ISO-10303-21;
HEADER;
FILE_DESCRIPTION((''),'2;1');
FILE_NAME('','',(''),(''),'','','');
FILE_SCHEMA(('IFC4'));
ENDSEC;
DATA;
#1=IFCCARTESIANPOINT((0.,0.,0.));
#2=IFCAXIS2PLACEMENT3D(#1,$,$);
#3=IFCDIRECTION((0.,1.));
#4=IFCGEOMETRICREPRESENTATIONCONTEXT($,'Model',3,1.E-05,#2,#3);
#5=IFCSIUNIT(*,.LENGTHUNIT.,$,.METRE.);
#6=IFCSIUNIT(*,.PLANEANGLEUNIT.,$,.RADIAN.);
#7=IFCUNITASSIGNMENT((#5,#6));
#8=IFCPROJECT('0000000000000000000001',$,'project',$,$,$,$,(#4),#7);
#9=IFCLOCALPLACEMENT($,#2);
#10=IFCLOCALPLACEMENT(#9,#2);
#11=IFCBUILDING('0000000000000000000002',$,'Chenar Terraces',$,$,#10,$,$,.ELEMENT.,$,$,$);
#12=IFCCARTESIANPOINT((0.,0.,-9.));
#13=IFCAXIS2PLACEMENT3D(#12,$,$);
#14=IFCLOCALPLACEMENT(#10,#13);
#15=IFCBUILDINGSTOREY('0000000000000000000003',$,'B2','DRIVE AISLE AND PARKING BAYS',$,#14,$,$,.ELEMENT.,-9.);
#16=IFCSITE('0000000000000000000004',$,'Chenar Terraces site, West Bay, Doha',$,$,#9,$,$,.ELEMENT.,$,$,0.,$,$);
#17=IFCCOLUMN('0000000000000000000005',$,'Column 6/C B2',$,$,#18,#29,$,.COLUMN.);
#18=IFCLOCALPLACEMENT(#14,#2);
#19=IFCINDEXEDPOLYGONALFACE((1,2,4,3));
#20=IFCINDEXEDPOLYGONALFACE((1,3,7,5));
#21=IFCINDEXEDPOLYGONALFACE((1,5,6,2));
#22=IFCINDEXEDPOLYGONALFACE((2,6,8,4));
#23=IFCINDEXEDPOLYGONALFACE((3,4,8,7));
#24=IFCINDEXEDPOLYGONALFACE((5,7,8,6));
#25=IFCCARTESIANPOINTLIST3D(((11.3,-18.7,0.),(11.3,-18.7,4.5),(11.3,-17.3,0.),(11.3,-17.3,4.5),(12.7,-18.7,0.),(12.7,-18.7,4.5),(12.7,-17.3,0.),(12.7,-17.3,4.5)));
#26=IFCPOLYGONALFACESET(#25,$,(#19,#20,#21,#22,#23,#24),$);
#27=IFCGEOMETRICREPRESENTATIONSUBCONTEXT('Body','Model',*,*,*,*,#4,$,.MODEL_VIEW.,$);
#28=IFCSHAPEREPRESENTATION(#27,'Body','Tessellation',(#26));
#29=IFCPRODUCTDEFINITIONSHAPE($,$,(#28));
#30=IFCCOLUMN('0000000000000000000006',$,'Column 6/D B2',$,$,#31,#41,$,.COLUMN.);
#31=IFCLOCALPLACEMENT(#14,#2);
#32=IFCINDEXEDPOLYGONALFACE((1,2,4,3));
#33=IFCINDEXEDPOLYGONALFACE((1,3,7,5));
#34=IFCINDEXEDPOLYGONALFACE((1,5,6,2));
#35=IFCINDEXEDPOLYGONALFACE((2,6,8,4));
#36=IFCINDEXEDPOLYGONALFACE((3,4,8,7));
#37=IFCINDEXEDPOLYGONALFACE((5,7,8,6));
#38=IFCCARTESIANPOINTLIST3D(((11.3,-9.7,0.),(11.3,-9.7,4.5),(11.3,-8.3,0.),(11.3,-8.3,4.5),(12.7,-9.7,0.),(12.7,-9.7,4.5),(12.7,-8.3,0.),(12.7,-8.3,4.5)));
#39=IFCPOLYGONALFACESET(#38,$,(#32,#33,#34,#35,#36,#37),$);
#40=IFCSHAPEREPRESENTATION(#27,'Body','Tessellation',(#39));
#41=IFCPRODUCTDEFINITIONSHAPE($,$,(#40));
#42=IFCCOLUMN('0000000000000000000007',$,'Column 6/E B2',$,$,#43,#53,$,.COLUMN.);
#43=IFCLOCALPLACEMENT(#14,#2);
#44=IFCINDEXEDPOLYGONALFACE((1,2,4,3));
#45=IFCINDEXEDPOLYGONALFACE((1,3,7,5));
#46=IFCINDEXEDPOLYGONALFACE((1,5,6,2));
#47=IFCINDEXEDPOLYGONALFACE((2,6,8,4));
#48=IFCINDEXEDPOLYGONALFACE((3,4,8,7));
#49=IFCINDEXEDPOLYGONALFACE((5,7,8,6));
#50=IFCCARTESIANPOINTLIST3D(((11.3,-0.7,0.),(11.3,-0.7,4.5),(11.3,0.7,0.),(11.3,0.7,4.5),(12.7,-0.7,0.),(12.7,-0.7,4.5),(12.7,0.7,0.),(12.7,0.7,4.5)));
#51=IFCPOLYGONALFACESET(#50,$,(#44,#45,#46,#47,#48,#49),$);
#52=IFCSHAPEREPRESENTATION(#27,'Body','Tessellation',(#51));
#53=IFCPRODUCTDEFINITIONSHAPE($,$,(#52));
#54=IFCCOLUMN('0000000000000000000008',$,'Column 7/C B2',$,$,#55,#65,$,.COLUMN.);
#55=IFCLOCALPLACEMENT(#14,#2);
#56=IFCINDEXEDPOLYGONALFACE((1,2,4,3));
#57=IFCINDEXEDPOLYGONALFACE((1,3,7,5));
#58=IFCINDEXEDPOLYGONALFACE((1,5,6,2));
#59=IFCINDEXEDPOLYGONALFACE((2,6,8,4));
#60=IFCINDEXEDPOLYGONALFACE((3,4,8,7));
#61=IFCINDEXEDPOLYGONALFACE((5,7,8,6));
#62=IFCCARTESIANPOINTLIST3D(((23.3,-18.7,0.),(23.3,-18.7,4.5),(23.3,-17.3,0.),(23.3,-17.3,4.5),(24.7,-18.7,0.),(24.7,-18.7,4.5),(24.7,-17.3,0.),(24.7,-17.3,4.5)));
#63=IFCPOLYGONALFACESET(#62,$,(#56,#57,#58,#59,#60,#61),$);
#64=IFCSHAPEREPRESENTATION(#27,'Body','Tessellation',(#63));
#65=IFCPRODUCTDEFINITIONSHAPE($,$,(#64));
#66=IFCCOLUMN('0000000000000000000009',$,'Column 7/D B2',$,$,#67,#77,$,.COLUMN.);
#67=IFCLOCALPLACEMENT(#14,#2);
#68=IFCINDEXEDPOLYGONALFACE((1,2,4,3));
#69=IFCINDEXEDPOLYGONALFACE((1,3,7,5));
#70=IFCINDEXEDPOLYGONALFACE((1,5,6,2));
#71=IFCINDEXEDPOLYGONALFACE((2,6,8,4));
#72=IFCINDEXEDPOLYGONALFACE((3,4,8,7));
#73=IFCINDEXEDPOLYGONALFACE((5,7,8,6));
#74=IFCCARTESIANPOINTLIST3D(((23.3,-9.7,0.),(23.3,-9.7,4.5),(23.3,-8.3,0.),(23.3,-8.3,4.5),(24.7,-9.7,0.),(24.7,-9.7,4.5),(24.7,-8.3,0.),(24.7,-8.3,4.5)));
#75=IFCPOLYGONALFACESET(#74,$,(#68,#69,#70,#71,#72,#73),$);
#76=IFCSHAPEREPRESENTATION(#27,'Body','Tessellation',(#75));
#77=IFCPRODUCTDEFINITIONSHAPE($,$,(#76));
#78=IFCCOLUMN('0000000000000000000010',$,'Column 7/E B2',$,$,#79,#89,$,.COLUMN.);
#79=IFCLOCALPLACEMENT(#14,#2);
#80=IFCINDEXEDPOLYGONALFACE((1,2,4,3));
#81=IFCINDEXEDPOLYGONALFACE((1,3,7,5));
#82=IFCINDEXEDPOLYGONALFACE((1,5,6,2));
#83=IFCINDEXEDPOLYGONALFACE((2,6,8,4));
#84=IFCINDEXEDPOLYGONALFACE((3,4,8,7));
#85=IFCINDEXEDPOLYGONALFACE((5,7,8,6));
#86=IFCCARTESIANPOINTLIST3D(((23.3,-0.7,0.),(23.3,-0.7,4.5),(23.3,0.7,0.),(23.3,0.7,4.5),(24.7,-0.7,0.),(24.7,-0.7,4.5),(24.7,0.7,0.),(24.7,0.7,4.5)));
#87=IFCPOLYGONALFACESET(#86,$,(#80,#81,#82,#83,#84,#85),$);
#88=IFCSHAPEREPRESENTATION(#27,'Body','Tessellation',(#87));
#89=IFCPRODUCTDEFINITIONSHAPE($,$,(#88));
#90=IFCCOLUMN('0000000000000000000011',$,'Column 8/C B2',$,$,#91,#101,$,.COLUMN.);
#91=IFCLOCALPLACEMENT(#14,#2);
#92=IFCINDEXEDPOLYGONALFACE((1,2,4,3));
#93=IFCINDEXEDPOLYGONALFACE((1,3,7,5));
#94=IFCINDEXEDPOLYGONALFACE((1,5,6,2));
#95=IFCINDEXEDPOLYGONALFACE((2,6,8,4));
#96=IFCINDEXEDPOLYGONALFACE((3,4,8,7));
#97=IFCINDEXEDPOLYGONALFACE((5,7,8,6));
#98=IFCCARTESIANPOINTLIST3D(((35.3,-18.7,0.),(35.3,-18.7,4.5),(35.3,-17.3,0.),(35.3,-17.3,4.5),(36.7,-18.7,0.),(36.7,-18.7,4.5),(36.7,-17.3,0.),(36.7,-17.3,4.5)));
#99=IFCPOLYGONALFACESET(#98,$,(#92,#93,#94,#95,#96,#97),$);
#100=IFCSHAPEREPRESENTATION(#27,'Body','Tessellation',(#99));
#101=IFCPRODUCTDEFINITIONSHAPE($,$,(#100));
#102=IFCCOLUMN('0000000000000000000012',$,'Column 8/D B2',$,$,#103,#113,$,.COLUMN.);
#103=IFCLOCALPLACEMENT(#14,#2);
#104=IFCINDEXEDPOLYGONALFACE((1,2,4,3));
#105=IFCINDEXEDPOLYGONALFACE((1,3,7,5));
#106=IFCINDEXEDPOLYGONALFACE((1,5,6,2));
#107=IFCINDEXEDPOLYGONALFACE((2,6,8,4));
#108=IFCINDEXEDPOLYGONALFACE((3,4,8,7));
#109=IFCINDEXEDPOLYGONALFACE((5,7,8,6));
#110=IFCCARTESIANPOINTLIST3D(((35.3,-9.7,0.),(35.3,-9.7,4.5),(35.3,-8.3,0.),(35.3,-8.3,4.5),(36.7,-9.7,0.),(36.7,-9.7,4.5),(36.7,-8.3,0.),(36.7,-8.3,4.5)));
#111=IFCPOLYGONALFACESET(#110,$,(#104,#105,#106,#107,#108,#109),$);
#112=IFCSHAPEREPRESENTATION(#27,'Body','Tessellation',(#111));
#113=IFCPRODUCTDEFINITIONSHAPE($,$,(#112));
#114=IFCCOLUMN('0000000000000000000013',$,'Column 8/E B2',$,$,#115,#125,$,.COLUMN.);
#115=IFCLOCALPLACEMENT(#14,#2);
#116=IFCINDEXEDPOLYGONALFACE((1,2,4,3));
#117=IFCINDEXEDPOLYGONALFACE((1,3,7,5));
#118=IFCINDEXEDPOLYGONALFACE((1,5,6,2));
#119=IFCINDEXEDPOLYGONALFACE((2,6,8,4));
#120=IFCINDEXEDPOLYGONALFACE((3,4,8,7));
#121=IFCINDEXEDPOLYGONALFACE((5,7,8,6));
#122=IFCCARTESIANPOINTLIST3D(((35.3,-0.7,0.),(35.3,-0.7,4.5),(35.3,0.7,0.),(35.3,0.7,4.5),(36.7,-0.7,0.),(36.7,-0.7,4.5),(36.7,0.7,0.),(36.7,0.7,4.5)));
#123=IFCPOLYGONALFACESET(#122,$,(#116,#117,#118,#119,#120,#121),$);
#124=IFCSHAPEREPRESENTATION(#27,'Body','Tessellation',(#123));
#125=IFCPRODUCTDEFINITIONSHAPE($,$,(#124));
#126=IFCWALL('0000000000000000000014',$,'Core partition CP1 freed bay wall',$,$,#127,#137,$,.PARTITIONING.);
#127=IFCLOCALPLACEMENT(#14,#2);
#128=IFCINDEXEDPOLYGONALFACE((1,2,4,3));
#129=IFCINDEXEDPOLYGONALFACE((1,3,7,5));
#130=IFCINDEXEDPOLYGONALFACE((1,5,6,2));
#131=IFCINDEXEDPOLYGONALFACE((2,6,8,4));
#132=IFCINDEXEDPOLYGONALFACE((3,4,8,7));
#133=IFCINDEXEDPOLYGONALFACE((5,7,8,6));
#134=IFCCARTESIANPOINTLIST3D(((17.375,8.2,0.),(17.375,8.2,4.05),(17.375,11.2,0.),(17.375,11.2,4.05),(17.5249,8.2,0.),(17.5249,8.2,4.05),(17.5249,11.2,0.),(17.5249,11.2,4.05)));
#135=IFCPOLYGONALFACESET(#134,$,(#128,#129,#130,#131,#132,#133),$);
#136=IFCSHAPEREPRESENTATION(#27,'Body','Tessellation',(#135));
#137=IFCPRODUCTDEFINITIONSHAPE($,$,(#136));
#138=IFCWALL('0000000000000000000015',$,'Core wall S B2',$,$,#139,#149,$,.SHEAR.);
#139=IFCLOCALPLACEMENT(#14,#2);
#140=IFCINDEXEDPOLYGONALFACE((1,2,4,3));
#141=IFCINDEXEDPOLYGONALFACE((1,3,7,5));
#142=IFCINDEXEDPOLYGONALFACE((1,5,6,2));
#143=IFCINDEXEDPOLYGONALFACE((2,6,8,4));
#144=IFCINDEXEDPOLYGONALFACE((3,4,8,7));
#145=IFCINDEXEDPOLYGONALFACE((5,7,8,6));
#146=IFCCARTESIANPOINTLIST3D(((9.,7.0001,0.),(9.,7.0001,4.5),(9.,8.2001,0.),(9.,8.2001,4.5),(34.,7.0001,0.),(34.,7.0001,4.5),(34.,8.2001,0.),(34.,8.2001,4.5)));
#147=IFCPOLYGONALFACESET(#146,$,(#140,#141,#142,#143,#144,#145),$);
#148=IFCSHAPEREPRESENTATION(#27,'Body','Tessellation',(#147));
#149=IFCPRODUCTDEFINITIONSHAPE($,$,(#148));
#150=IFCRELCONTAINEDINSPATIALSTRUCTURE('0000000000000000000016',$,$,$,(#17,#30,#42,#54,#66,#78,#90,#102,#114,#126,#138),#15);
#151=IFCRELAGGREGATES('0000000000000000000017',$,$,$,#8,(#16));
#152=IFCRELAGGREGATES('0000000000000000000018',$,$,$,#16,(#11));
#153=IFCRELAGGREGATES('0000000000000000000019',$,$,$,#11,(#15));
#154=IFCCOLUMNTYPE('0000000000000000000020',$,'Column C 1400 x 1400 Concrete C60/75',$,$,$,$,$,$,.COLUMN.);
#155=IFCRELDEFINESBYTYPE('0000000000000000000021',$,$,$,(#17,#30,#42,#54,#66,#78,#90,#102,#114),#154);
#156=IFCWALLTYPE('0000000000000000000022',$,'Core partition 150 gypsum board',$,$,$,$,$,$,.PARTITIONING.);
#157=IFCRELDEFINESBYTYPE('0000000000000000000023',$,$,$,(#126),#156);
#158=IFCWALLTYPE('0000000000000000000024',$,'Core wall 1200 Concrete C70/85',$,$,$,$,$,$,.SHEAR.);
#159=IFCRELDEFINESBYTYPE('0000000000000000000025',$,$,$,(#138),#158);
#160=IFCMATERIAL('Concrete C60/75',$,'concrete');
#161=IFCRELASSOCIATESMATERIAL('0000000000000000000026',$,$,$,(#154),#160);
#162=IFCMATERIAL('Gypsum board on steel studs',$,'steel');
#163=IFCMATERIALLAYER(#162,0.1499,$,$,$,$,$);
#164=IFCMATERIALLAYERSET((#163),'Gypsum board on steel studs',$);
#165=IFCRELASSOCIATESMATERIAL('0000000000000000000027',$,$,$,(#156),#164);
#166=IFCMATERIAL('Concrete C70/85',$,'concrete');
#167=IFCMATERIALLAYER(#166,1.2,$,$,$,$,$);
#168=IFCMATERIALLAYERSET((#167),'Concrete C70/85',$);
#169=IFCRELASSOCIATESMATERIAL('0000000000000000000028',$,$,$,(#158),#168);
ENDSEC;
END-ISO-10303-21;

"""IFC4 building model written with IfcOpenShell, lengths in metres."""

from ifc_helpers import new_model, si_unit, direction, frame, frame_2d, origin, origin_2d, place, context, subcontext, project, spatial, rectangle, extrude, material, layer, layer_set, material_profile, profile_set, type_object, element, save


model = new_model("IFC4")

# Units and contexts
model_context = context("Model", 3, precision=1e-05, world=origin(), true_north=direction((0.0, 1.0)))
body_context = subcontext(model_context, "Body", "Model", "MODEL_VIEW")
ifc_project = project(units=[si_unit("LENGTHUNIT", "METRE"), si_unit("PLANEANGLEUNIT", "RADIAN")], contexts=[model_context])

# Site, building, storey
site_placement = place(None, origin())
site = spatial("IfcSite", under=ifc_project, at=site_placement, Name="Chenar Terraces site, West Bay, Doha", CompositionType="ELEMENT", RefElevation=0.0)
building_placement = place(site_placement, origin())
building = spatial("IfcBuilding", under=site, at=building_placement, Name="Chenar Terraces", CompositionType="ELEMENT")
storey_placement = place(building_placement, frame((0.0, 0.0, -9.0)))
storey = spatial("IfcBuildingStorey", under=building, at=storey_placement, Name="B2", Description="DRIVE AISLE AND PARKING BAYS", CompositionType="ELEMENT", Elevation=-9.0)

# Columns
ifc_material_1 = material(Name="Concrete C60/75", Category="concrete")
ifc_material_profile = material_profile(ifc_material_1, rectangle(XDim=1.3999, YDim=1.3999, at=origin_2d()), Name="C 1400 x 1400")
ifc_profile_set = profile_set([ifc_material_profile], Name="Concrete C60/75")
column_type = type_object("IfcColumnType", Name="Column C 1400 x 1400 Concrete C60/75", PredefinedType="COLUMN", material=ifc_profile_set)
for number, where, z_axis, x_axis, name in (
    (1, (12.0, -18.0, 0.0), (0.0, 0.0, 1.0), (1.0, 0.0, 0.0), "Column 6/C B2"),
    (2, (12.0, -9.0, 0.0), (0.0, 0.0, 1.0), (1.0, 0.0, 0.0), "Column 6/D B2"),
    (3, (12.0, 0.0, 0.0), (0.0, 0.0, 1.0), (1.0, 0.0, 0.0), "Column 6/E B2"),
    (4, (24.0, -18.0, 0.0), (0.0, 0.0, 1.0), (1.0, 0.0, 0.0), "Column 7/C B2"),
    (5, (24.0, -9.0, 0.0), (0.0, 0.0, 1.0), (1.0, 0.0, 0.0), "Column 7/D B2"),
    (6, (24.0, 0.0, 0.0), (0.0, 0.0, 1.0), (1.0, 0.0, 0.0), "Column 7/E B2"),
    (7, (36.0, -18.0, 0.0), (0.0, 0.0, 1.0), (1.0, 0.0, 0.0), "Column 8/C B2"),
    (8, (36.0, -9.0, 0.0), (0.0, 0.0, 1.0), (1.0, 0.0, 0.0), "Column 8/D B2"),
    (9, (36.0, 0.0, 0.0), (0.0, 0.0, 1.0), (1.0, 0.0, 0.0), "Column 8/E B2"),
):
    element("IfcColumn", number, at=place(storey_placement, frame(where, z_axis=z_axis, x_axis=x_axis)), inside=storey, type_object=column_type, Name=name, PredefinedType="COLUMN", context=body_context, shape_type="SweptSolid", body=[
        extrude(rectangle(XDim=1.3999, YDim=1.3999, at=origin_2d()), origin(), (0.0, 0.0, 1.0), 4.5),
    ])

# Walls
ifc_material_2 = material(Name="Gypsum board on steel studs", Category="steel")
ifc_layer_1 = layer(ifc_material_2, 0.1499)
ifc_layer_set_1 = layer_set([ifc_layer_1], Name="Gypsum board on steel studs")
wall_type_1 = type_object("IfcWallType", Name="Core partition 150 gypsum board", PredefinedType="PARTITIONING", material=ifc_layer_set_1)
wall_1_placement = place(storey_placement, frame((17.45, 8.2, 0.0), z_axis=(0.0, 0.0, 1.0), x_axis=(0.0, 1.0, 0.0)))
element("IfcWall", 10, at=wall_1_placement, inside=storey, type_object=wall_type_1, Name="Core partition CP1 freed bay wall", PredefinedType="PARTITIONING", context=body_context, shape_type="SweptSolid", body=[
    extrude(rectangle(XDim=3.0, YDim=0.1499, at=frame_2d((1.5, 0.0))), origin(), (0.0, 0.0, 1.0), 4.05),
])
ifc_material_3 = material(Name="Concrete C70/85", Category="concrete")
ifc_layer_2 = layer(ifc_material_3, 1.2)
ifc_layer_set_2 = layer_set([ifc_layer_2], Name="Concrete C70/85")
wall_type_2 = type_object("IfcWallType", Name="Core wall 1200 Concrete C70/85", PredefinedType="SHEAR", material=ifc_layer_set_2)
wall_2_placement = place(storey_placement, frame((9.0, 7.6001, 0.0), z_axis=(0.0, 0.0, 1.0), x_axis=(1.0, 0.0, 0.0)))
element("IfcWall", 11, at=wall_2_placement, inside=storey, type_object=wall_type_2, Name="Core wall S B2", PredefinedType="SHEAR", context=body_context, shape_type="SweptSolid", body=[
    extrude(rectangle(XDim=25.0, YDim=1.2, at=frame_2d((12.5, 0.0))), origin(), (0.0, 0.0, 1.0), 4.5),
])

save(model, "model.ifc")
